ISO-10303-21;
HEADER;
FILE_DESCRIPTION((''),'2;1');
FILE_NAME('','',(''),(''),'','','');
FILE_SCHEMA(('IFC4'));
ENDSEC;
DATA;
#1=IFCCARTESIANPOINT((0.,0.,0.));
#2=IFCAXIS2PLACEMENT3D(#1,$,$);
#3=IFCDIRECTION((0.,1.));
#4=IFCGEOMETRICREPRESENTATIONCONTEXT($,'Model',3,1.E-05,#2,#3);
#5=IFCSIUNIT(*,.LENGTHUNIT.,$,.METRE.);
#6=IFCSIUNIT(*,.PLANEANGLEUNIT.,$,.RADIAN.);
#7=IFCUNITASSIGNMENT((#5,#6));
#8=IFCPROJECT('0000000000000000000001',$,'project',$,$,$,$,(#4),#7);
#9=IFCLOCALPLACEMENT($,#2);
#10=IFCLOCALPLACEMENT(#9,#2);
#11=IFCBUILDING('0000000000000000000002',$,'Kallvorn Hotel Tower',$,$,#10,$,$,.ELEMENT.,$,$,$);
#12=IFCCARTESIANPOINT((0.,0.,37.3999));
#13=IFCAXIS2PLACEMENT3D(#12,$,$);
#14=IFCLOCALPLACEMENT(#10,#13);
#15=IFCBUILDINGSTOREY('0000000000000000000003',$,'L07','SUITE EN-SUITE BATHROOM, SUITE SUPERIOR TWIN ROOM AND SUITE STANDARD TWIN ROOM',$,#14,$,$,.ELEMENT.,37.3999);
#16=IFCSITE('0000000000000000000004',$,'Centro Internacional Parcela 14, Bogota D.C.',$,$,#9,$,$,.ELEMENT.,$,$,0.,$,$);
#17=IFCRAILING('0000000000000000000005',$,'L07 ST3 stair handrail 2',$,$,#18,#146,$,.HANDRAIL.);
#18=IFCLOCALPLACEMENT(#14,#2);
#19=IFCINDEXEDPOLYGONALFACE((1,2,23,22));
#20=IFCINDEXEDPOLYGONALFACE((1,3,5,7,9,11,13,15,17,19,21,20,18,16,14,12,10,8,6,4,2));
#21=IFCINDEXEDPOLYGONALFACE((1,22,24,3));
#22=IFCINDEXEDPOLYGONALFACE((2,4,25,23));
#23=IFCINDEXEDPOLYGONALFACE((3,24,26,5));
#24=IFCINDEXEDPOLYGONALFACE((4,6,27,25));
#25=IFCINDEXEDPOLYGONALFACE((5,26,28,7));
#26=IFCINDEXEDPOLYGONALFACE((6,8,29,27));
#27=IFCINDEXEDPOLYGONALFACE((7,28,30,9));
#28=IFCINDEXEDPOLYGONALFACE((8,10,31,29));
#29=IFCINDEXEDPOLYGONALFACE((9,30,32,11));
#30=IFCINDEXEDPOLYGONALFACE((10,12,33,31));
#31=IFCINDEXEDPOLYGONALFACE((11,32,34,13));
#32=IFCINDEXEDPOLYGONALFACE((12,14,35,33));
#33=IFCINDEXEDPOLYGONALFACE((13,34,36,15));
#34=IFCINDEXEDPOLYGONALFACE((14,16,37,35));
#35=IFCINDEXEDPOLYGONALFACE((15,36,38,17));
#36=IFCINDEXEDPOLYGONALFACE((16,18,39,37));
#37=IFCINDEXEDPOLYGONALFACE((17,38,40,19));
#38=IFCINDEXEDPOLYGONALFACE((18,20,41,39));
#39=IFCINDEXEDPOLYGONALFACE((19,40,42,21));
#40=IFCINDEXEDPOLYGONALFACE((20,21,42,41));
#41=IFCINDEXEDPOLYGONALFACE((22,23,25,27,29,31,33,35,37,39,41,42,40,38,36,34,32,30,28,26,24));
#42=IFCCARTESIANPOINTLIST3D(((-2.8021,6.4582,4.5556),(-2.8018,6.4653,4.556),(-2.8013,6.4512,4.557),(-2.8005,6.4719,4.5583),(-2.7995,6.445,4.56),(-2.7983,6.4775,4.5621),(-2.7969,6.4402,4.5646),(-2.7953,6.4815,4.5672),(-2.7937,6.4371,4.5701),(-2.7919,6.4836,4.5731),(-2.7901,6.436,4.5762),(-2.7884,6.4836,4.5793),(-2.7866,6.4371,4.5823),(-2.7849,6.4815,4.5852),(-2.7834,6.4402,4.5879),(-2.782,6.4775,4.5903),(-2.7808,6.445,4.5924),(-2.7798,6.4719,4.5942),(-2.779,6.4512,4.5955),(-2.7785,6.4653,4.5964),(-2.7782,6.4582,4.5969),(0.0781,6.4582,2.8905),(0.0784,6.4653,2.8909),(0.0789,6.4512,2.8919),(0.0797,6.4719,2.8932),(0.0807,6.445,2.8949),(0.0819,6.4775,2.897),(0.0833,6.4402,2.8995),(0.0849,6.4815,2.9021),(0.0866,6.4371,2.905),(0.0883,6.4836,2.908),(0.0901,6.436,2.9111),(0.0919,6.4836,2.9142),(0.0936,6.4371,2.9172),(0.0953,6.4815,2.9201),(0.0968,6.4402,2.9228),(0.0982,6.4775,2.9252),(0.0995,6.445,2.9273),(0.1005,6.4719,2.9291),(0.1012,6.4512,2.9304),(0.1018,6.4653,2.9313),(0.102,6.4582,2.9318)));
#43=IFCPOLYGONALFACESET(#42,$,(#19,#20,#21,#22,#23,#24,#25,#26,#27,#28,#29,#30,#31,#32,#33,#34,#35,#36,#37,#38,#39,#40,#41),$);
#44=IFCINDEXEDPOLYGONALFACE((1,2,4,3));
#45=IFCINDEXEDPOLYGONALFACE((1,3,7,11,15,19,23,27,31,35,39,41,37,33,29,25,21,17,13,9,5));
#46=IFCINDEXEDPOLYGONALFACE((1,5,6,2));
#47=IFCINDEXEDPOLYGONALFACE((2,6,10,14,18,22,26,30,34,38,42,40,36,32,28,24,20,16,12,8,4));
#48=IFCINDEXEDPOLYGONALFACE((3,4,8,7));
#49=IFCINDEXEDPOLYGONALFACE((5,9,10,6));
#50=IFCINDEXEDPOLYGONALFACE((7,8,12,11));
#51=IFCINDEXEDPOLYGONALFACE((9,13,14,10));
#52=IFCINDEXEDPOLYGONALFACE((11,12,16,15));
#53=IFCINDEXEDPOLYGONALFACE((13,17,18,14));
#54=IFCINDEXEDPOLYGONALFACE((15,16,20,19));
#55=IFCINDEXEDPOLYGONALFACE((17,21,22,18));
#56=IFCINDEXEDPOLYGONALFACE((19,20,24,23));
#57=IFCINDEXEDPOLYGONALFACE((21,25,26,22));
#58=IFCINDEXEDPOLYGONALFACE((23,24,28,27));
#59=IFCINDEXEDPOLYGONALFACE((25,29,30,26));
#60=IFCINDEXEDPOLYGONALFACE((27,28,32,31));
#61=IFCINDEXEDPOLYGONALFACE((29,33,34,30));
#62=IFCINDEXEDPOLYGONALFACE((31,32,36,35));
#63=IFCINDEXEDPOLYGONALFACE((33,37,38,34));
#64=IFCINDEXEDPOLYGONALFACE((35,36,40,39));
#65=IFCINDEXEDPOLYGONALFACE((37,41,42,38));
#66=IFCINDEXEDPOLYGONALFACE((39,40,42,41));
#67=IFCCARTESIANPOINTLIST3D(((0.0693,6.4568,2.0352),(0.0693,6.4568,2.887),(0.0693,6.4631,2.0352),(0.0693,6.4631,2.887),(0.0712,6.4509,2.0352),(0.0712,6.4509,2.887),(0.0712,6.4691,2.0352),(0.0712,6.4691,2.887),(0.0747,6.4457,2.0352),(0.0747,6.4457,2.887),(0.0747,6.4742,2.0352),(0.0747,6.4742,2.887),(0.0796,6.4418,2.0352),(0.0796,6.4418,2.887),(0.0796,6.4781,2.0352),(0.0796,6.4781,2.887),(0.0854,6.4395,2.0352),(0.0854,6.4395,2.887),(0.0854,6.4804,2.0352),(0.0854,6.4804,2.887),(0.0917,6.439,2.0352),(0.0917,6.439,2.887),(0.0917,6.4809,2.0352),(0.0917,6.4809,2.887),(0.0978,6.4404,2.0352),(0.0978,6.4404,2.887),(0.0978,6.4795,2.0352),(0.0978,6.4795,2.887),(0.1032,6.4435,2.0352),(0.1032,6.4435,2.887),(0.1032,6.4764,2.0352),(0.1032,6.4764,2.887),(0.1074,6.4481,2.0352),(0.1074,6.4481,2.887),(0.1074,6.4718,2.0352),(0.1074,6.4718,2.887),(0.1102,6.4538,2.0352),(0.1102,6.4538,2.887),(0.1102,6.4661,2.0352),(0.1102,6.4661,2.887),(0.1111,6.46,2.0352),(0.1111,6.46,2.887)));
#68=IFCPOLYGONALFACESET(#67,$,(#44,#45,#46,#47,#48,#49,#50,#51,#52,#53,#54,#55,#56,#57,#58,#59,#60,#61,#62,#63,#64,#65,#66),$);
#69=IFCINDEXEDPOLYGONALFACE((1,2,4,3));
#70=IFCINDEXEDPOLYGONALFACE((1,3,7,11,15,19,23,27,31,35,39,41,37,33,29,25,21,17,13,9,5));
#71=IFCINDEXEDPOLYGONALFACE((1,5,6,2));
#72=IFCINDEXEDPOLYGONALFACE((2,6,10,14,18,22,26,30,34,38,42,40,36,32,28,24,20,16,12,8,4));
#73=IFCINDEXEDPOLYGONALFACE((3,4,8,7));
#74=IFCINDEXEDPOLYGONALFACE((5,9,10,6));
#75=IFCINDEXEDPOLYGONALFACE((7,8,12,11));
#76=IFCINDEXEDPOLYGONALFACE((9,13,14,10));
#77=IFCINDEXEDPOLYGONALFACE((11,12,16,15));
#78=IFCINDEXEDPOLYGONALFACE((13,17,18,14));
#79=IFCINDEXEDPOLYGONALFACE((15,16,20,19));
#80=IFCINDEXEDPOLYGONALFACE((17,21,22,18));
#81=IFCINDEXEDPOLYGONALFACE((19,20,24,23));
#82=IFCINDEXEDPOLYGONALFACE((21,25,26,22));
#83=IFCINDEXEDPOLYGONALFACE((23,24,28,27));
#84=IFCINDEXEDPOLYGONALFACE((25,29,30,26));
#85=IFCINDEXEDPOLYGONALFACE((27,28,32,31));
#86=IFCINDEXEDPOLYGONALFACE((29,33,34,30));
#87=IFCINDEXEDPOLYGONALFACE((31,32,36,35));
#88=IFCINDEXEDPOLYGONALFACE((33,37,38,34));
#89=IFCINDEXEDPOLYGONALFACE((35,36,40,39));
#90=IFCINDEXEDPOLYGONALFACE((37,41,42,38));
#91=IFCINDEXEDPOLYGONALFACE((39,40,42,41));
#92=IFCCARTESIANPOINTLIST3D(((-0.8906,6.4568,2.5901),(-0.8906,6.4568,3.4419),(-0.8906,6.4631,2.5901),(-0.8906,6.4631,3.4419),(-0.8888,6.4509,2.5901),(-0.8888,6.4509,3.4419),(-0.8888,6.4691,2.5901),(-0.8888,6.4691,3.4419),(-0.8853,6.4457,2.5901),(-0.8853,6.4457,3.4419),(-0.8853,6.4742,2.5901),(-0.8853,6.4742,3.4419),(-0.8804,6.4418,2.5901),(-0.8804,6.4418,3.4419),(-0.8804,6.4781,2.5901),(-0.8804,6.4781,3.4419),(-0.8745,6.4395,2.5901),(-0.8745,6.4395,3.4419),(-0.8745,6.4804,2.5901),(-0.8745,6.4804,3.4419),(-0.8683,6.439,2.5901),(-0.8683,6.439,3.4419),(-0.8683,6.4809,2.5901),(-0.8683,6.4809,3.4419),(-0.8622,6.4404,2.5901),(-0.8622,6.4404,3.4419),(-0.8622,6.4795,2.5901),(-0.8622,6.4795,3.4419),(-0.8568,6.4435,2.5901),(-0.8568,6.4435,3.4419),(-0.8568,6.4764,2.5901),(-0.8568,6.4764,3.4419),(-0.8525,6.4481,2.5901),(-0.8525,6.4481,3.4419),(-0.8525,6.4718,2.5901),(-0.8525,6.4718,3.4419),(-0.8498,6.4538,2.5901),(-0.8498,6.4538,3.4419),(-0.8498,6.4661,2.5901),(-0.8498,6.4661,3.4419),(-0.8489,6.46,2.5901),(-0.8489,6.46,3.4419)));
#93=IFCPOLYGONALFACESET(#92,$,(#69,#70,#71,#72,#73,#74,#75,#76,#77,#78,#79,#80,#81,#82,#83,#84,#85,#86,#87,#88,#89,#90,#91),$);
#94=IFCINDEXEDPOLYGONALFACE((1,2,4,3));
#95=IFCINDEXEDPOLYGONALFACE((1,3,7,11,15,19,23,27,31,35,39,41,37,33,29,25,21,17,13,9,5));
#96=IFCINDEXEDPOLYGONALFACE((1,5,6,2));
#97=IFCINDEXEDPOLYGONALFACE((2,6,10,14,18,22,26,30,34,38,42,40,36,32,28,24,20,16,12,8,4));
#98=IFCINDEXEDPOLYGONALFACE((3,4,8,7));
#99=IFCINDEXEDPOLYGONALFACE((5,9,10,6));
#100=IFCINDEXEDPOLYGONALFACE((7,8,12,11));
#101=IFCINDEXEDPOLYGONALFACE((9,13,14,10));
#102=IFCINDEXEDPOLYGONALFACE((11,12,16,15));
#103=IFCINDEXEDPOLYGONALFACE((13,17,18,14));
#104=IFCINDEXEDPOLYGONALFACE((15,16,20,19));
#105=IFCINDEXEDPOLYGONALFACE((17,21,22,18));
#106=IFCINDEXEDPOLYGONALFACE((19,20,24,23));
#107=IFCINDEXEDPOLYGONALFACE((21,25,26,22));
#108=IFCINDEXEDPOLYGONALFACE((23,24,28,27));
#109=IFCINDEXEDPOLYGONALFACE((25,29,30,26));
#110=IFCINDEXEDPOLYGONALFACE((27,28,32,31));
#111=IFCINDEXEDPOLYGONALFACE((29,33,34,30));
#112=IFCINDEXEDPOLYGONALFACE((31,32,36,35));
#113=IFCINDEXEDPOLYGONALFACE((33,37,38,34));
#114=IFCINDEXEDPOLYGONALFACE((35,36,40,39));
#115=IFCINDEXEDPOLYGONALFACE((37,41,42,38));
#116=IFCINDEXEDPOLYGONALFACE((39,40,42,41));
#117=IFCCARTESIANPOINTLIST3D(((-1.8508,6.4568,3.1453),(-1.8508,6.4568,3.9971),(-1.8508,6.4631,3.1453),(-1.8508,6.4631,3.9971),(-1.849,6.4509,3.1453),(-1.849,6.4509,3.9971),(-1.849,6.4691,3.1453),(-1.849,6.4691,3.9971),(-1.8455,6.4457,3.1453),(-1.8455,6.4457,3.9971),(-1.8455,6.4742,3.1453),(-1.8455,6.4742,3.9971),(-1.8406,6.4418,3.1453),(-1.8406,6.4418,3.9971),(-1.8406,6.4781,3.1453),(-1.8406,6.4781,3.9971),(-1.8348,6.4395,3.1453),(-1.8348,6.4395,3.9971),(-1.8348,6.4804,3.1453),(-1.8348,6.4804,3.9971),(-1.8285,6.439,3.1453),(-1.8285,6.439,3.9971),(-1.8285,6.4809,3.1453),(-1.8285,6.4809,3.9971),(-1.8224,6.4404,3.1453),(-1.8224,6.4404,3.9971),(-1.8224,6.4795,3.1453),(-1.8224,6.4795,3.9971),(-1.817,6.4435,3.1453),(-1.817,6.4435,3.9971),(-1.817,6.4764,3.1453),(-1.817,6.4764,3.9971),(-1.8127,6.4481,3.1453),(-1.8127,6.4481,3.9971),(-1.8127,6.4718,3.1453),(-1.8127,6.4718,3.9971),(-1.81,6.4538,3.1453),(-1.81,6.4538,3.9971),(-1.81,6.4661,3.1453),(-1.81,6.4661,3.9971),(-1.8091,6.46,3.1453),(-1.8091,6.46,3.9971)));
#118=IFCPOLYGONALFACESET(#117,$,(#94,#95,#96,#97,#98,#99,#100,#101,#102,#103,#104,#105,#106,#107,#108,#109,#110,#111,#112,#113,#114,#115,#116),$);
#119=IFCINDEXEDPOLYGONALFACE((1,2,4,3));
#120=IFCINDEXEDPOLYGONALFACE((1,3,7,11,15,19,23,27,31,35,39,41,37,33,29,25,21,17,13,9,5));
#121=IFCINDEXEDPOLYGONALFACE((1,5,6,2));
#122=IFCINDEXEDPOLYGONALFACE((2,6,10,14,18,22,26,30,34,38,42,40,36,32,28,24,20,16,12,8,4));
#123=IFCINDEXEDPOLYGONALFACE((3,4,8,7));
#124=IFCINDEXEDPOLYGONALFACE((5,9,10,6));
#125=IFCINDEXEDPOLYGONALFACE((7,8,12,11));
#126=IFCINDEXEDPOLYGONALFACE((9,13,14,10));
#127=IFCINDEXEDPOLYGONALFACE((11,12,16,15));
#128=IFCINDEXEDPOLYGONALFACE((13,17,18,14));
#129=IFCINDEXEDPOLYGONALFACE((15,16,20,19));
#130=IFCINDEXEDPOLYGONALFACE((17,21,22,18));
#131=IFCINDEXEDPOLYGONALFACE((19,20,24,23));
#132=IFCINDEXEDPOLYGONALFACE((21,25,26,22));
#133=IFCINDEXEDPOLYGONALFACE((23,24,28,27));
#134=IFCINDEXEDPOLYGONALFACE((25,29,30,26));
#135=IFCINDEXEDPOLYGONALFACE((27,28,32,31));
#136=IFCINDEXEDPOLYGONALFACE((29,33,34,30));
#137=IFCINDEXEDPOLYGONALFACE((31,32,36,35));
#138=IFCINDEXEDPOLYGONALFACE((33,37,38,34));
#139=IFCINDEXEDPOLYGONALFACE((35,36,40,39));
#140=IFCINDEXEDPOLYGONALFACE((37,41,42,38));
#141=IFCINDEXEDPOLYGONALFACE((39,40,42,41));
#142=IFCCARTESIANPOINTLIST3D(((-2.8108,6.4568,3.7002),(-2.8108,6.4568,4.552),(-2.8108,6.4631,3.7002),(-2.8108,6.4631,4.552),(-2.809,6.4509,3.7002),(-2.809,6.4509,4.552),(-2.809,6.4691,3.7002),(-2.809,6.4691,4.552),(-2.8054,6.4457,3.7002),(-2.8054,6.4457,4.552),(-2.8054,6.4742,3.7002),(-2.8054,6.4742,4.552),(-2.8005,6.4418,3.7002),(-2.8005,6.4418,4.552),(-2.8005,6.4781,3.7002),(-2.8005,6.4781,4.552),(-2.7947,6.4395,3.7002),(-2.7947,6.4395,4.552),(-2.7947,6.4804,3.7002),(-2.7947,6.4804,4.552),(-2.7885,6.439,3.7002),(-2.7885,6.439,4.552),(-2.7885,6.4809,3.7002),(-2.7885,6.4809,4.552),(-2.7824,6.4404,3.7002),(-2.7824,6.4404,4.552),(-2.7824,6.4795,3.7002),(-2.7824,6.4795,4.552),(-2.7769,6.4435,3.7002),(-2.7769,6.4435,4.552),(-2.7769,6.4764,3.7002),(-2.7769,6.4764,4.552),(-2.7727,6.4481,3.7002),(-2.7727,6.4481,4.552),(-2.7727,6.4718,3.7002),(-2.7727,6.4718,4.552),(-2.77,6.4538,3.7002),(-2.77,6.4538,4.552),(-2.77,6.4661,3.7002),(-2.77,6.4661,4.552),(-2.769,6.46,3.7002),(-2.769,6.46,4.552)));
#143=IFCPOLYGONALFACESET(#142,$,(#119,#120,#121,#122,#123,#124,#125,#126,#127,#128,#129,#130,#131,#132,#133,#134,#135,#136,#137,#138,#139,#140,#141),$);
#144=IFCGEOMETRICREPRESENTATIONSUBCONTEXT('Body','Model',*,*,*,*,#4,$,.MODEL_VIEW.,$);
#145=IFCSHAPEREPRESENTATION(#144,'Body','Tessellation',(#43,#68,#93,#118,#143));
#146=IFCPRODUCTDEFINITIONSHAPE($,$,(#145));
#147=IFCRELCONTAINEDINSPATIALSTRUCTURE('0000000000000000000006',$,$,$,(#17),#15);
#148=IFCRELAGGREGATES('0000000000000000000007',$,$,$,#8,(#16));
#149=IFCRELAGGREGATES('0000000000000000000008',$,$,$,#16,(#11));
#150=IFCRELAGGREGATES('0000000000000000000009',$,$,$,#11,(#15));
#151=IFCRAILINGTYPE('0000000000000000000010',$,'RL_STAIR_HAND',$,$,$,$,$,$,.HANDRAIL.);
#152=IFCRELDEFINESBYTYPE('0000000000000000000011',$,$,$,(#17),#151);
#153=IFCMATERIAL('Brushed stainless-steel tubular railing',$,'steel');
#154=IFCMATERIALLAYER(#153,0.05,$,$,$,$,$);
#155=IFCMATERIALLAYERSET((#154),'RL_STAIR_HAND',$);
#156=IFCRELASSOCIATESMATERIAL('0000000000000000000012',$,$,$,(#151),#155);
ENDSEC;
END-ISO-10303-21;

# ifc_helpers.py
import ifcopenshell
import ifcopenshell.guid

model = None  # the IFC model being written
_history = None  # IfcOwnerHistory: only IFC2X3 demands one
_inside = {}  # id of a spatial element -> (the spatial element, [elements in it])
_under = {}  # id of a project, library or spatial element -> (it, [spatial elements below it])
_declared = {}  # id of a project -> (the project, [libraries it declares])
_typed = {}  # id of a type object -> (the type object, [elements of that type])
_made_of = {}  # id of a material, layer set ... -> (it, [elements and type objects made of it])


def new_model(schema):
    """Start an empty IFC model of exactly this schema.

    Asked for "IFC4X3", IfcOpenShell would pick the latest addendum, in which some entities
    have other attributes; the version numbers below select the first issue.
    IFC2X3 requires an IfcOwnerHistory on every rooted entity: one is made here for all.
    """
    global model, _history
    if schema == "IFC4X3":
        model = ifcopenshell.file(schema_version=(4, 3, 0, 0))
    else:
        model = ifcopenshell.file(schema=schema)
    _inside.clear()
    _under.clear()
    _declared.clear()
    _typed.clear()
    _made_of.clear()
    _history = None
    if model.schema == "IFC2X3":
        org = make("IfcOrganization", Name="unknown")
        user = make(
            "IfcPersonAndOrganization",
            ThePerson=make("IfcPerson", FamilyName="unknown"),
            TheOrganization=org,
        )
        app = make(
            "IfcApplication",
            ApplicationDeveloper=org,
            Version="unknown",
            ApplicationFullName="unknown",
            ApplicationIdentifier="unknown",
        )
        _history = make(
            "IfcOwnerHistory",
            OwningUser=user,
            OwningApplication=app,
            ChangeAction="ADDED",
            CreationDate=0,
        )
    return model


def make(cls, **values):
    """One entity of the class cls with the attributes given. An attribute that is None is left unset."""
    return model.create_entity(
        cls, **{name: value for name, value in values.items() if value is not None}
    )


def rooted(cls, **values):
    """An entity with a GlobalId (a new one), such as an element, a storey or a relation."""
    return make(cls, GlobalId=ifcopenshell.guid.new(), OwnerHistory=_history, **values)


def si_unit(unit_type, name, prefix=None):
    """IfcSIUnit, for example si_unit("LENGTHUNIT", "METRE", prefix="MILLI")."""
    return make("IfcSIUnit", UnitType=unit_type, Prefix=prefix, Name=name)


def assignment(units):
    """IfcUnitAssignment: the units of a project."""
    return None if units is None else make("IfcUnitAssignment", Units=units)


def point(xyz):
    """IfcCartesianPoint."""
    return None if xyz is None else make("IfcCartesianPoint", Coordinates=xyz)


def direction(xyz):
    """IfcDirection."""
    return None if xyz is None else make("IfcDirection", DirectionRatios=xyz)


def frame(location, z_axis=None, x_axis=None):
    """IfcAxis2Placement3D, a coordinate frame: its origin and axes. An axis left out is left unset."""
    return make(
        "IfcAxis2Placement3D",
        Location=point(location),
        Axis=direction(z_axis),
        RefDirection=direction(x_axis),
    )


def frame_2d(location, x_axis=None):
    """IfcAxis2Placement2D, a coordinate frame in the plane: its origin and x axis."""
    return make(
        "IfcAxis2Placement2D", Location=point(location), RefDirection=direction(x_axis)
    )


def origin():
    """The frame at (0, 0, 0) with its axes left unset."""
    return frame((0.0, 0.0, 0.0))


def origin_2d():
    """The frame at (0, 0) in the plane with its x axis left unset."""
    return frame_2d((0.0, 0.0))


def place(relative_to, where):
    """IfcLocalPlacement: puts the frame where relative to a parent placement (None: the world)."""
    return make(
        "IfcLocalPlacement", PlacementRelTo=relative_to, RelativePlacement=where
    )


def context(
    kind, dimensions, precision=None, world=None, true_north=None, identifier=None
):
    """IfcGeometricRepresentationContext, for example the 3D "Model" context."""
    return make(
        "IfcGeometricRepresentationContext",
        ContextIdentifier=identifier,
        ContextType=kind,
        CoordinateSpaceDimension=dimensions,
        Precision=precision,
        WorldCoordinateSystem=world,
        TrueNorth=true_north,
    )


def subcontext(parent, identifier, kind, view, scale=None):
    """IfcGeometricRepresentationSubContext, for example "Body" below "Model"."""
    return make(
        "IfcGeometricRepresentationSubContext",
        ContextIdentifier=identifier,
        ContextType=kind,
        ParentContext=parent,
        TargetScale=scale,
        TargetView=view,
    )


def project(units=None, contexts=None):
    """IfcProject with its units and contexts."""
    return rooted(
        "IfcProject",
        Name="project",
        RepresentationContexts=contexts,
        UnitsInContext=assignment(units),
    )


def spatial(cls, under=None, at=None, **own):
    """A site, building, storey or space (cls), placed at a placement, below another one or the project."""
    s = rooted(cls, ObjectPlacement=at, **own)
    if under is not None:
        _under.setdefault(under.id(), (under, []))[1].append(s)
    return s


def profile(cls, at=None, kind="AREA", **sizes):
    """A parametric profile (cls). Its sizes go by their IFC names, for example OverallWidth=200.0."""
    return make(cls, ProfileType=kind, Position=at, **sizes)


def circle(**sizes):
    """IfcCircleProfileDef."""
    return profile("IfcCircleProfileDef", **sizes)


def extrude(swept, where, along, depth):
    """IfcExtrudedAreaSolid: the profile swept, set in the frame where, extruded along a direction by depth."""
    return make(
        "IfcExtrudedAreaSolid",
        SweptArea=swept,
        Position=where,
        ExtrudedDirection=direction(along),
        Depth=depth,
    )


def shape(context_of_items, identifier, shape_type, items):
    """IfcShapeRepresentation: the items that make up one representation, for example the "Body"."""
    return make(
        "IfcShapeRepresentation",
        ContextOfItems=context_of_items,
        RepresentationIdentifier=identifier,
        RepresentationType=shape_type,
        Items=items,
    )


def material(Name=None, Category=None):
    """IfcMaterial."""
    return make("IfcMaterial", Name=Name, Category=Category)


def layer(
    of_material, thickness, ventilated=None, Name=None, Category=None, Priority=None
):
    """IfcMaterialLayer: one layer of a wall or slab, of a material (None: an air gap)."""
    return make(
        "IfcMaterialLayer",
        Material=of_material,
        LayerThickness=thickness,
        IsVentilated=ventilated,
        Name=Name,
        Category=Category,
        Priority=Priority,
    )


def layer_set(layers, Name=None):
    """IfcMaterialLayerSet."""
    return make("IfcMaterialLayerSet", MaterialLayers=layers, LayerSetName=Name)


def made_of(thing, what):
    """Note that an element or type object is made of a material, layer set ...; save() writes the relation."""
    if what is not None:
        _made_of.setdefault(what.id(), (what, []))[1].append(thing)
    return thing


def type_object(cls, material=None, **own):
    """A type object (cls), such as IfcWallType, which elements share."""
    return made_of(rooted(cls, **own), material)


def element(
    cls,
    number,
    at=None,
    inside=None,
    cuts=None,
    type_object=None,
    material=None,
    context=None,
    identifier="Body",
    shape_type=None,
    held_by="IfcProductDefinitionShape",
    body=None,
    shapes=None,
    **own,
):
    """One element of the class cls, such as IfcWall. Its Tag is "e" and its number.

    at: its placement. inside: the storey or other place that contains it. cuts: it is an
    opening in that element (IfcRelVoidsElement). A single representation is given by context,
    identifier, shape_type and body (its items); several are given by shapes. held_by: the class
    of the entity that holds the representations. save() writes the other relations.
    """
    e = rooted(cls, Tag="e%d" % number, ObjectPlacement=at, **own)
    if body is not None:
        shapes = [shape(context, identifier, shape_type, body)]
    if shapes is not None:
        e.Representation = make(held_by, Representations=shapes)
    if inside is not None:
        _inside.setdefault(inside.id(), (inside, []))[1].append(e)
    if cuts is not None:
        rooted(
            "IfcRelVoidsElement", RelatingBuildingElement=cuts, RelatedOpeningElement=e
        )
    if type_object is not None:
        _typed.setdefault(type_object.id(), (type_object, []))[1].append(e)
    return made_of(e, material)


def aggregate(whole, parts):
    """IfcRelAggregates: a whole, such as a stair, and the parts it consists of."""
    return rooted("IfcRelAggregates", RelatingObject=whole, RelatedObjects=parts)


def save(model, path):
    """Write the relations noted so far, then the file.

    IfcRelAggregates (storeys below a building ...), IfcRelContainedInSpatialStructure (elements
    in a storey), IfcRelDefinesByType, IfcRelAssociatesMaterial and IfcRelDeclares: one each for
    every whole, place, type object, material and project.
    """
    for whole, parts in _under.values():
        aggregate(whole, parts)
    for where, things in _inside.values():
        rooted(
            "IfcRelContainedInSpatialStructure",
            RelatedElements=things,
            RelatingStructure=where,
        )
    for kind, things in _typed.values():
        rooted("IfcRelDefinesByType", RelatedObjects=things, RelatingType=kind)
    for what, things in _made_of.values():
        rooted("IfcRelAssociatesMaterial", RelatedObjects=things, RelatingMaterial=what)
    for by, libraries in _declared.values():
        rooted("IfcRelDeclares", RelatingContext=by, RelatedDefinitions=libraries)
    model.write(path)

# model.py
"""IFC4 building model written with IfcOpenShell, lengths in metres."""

from ifc_helpers import new_model, si_unit, direction, frame, origin, origin_2d, place, context, subcontext, project, spatial, circle, extrude, material, layer, layer_set, type_object, element, save


model = new_model("IFC4")

# Units and contexts
model_context = context("Model", 3, precision=1e-05, world=origin(), true_north=direction((0.0, 1.0)))
body_context = subcontext(model_context, "Body", "Model", "MODEL_VIEW")
ifc_project = project(units=[si_unit("LENGTHUNIT", "METRE"), si_unit("PLANEANGLEUNIT", "RADIAN")], contexts=[model_context])

# Site, building, storey
site_placement = place(None, origin())
site = spatial("IfcSite", under=ifc_project, at=site_placement, Name="Centro Internacional Parcela 14, Bogota D.C.", CompositionType="ELEMENT", RefElevation=0.0)
building_placement = place(site_placement, origin())
building = spatial("IfcBuilding", under=site, at=building_placement, Name="Kallvorn Hotel Tower", CompositionType="ELEMENT")
storey_placement = place(building_placement, frame((0.0, 0.0, 37.3999)))
storey = spatial("IfcBuildingStorey", under=building, at=storey_placement, Name="L07", Description="SUITE EN-SUITE BATHROOM, SUITE SUPERIOR TWIN ROOM AND SUITE STANDARD TWIN ROOM", CompositionType="ELEMENT", Elevation=37.3999)

# Railing
ifc_material_1 = material(Name="Brushed stainless-steel tubular railing", Category="steel")
ifc_layer_1 = layer(ifc_material_1, 0.05)
ifc_layer_set_1 = layer_set([ifc_layer_1], Name="RL_STAIR_HAND")
railing_type_1 = type_object("IfcRailingType", Name="RL_STAIR_HAND", PredefinedType="HANDRAIL", material=ifc_layer_set_1)
railing_1_placement = place(storey_placement, frame((0.0901, 6.46, 2.0352)))
element("IfcRailing", 1, at=railing_1_placement, inside=storey, type_object=railing_type_1, Name="L07 ST3 stair handrail 2", PredefinedType="HANDRAIL", context=body_context, shape_type="SweptSolid", body=[
    extrude(circle(Radius=0.0239, at=origin_2d()), frame((0.0, 0.0, 0.876), z_axis=(-0.865739, 0.0, 0.500495), x_axis=(0.0, -1.0, 0.0)), (0.0, 0.0, 1.0), 3.3269),
    extrude(circle(Radius=0.021, at=origin_2d()), origin(), (0.0, 0.0, 1.0), 0.8518),
    extrude(circle(Radius=0.021, at=origin_2d()), frame((-0.96, 0.0, 0.5549)), (0.0, 0.0, 1.0), 0.8518),
    extrude(circle(Radius=0.021, at=origin_2d()), frame((-1.9202, 0.0, 1.1101)), (0.0, 0.0, 1.0), 0.8518),
    extrude(circle(Radius=0.021, at=origin_2d()), frame((-2.8801, 0.0, 1.665)), (0.0, 0.0, 1.0), 0.8518),
])

save(model, "model.ifc")
